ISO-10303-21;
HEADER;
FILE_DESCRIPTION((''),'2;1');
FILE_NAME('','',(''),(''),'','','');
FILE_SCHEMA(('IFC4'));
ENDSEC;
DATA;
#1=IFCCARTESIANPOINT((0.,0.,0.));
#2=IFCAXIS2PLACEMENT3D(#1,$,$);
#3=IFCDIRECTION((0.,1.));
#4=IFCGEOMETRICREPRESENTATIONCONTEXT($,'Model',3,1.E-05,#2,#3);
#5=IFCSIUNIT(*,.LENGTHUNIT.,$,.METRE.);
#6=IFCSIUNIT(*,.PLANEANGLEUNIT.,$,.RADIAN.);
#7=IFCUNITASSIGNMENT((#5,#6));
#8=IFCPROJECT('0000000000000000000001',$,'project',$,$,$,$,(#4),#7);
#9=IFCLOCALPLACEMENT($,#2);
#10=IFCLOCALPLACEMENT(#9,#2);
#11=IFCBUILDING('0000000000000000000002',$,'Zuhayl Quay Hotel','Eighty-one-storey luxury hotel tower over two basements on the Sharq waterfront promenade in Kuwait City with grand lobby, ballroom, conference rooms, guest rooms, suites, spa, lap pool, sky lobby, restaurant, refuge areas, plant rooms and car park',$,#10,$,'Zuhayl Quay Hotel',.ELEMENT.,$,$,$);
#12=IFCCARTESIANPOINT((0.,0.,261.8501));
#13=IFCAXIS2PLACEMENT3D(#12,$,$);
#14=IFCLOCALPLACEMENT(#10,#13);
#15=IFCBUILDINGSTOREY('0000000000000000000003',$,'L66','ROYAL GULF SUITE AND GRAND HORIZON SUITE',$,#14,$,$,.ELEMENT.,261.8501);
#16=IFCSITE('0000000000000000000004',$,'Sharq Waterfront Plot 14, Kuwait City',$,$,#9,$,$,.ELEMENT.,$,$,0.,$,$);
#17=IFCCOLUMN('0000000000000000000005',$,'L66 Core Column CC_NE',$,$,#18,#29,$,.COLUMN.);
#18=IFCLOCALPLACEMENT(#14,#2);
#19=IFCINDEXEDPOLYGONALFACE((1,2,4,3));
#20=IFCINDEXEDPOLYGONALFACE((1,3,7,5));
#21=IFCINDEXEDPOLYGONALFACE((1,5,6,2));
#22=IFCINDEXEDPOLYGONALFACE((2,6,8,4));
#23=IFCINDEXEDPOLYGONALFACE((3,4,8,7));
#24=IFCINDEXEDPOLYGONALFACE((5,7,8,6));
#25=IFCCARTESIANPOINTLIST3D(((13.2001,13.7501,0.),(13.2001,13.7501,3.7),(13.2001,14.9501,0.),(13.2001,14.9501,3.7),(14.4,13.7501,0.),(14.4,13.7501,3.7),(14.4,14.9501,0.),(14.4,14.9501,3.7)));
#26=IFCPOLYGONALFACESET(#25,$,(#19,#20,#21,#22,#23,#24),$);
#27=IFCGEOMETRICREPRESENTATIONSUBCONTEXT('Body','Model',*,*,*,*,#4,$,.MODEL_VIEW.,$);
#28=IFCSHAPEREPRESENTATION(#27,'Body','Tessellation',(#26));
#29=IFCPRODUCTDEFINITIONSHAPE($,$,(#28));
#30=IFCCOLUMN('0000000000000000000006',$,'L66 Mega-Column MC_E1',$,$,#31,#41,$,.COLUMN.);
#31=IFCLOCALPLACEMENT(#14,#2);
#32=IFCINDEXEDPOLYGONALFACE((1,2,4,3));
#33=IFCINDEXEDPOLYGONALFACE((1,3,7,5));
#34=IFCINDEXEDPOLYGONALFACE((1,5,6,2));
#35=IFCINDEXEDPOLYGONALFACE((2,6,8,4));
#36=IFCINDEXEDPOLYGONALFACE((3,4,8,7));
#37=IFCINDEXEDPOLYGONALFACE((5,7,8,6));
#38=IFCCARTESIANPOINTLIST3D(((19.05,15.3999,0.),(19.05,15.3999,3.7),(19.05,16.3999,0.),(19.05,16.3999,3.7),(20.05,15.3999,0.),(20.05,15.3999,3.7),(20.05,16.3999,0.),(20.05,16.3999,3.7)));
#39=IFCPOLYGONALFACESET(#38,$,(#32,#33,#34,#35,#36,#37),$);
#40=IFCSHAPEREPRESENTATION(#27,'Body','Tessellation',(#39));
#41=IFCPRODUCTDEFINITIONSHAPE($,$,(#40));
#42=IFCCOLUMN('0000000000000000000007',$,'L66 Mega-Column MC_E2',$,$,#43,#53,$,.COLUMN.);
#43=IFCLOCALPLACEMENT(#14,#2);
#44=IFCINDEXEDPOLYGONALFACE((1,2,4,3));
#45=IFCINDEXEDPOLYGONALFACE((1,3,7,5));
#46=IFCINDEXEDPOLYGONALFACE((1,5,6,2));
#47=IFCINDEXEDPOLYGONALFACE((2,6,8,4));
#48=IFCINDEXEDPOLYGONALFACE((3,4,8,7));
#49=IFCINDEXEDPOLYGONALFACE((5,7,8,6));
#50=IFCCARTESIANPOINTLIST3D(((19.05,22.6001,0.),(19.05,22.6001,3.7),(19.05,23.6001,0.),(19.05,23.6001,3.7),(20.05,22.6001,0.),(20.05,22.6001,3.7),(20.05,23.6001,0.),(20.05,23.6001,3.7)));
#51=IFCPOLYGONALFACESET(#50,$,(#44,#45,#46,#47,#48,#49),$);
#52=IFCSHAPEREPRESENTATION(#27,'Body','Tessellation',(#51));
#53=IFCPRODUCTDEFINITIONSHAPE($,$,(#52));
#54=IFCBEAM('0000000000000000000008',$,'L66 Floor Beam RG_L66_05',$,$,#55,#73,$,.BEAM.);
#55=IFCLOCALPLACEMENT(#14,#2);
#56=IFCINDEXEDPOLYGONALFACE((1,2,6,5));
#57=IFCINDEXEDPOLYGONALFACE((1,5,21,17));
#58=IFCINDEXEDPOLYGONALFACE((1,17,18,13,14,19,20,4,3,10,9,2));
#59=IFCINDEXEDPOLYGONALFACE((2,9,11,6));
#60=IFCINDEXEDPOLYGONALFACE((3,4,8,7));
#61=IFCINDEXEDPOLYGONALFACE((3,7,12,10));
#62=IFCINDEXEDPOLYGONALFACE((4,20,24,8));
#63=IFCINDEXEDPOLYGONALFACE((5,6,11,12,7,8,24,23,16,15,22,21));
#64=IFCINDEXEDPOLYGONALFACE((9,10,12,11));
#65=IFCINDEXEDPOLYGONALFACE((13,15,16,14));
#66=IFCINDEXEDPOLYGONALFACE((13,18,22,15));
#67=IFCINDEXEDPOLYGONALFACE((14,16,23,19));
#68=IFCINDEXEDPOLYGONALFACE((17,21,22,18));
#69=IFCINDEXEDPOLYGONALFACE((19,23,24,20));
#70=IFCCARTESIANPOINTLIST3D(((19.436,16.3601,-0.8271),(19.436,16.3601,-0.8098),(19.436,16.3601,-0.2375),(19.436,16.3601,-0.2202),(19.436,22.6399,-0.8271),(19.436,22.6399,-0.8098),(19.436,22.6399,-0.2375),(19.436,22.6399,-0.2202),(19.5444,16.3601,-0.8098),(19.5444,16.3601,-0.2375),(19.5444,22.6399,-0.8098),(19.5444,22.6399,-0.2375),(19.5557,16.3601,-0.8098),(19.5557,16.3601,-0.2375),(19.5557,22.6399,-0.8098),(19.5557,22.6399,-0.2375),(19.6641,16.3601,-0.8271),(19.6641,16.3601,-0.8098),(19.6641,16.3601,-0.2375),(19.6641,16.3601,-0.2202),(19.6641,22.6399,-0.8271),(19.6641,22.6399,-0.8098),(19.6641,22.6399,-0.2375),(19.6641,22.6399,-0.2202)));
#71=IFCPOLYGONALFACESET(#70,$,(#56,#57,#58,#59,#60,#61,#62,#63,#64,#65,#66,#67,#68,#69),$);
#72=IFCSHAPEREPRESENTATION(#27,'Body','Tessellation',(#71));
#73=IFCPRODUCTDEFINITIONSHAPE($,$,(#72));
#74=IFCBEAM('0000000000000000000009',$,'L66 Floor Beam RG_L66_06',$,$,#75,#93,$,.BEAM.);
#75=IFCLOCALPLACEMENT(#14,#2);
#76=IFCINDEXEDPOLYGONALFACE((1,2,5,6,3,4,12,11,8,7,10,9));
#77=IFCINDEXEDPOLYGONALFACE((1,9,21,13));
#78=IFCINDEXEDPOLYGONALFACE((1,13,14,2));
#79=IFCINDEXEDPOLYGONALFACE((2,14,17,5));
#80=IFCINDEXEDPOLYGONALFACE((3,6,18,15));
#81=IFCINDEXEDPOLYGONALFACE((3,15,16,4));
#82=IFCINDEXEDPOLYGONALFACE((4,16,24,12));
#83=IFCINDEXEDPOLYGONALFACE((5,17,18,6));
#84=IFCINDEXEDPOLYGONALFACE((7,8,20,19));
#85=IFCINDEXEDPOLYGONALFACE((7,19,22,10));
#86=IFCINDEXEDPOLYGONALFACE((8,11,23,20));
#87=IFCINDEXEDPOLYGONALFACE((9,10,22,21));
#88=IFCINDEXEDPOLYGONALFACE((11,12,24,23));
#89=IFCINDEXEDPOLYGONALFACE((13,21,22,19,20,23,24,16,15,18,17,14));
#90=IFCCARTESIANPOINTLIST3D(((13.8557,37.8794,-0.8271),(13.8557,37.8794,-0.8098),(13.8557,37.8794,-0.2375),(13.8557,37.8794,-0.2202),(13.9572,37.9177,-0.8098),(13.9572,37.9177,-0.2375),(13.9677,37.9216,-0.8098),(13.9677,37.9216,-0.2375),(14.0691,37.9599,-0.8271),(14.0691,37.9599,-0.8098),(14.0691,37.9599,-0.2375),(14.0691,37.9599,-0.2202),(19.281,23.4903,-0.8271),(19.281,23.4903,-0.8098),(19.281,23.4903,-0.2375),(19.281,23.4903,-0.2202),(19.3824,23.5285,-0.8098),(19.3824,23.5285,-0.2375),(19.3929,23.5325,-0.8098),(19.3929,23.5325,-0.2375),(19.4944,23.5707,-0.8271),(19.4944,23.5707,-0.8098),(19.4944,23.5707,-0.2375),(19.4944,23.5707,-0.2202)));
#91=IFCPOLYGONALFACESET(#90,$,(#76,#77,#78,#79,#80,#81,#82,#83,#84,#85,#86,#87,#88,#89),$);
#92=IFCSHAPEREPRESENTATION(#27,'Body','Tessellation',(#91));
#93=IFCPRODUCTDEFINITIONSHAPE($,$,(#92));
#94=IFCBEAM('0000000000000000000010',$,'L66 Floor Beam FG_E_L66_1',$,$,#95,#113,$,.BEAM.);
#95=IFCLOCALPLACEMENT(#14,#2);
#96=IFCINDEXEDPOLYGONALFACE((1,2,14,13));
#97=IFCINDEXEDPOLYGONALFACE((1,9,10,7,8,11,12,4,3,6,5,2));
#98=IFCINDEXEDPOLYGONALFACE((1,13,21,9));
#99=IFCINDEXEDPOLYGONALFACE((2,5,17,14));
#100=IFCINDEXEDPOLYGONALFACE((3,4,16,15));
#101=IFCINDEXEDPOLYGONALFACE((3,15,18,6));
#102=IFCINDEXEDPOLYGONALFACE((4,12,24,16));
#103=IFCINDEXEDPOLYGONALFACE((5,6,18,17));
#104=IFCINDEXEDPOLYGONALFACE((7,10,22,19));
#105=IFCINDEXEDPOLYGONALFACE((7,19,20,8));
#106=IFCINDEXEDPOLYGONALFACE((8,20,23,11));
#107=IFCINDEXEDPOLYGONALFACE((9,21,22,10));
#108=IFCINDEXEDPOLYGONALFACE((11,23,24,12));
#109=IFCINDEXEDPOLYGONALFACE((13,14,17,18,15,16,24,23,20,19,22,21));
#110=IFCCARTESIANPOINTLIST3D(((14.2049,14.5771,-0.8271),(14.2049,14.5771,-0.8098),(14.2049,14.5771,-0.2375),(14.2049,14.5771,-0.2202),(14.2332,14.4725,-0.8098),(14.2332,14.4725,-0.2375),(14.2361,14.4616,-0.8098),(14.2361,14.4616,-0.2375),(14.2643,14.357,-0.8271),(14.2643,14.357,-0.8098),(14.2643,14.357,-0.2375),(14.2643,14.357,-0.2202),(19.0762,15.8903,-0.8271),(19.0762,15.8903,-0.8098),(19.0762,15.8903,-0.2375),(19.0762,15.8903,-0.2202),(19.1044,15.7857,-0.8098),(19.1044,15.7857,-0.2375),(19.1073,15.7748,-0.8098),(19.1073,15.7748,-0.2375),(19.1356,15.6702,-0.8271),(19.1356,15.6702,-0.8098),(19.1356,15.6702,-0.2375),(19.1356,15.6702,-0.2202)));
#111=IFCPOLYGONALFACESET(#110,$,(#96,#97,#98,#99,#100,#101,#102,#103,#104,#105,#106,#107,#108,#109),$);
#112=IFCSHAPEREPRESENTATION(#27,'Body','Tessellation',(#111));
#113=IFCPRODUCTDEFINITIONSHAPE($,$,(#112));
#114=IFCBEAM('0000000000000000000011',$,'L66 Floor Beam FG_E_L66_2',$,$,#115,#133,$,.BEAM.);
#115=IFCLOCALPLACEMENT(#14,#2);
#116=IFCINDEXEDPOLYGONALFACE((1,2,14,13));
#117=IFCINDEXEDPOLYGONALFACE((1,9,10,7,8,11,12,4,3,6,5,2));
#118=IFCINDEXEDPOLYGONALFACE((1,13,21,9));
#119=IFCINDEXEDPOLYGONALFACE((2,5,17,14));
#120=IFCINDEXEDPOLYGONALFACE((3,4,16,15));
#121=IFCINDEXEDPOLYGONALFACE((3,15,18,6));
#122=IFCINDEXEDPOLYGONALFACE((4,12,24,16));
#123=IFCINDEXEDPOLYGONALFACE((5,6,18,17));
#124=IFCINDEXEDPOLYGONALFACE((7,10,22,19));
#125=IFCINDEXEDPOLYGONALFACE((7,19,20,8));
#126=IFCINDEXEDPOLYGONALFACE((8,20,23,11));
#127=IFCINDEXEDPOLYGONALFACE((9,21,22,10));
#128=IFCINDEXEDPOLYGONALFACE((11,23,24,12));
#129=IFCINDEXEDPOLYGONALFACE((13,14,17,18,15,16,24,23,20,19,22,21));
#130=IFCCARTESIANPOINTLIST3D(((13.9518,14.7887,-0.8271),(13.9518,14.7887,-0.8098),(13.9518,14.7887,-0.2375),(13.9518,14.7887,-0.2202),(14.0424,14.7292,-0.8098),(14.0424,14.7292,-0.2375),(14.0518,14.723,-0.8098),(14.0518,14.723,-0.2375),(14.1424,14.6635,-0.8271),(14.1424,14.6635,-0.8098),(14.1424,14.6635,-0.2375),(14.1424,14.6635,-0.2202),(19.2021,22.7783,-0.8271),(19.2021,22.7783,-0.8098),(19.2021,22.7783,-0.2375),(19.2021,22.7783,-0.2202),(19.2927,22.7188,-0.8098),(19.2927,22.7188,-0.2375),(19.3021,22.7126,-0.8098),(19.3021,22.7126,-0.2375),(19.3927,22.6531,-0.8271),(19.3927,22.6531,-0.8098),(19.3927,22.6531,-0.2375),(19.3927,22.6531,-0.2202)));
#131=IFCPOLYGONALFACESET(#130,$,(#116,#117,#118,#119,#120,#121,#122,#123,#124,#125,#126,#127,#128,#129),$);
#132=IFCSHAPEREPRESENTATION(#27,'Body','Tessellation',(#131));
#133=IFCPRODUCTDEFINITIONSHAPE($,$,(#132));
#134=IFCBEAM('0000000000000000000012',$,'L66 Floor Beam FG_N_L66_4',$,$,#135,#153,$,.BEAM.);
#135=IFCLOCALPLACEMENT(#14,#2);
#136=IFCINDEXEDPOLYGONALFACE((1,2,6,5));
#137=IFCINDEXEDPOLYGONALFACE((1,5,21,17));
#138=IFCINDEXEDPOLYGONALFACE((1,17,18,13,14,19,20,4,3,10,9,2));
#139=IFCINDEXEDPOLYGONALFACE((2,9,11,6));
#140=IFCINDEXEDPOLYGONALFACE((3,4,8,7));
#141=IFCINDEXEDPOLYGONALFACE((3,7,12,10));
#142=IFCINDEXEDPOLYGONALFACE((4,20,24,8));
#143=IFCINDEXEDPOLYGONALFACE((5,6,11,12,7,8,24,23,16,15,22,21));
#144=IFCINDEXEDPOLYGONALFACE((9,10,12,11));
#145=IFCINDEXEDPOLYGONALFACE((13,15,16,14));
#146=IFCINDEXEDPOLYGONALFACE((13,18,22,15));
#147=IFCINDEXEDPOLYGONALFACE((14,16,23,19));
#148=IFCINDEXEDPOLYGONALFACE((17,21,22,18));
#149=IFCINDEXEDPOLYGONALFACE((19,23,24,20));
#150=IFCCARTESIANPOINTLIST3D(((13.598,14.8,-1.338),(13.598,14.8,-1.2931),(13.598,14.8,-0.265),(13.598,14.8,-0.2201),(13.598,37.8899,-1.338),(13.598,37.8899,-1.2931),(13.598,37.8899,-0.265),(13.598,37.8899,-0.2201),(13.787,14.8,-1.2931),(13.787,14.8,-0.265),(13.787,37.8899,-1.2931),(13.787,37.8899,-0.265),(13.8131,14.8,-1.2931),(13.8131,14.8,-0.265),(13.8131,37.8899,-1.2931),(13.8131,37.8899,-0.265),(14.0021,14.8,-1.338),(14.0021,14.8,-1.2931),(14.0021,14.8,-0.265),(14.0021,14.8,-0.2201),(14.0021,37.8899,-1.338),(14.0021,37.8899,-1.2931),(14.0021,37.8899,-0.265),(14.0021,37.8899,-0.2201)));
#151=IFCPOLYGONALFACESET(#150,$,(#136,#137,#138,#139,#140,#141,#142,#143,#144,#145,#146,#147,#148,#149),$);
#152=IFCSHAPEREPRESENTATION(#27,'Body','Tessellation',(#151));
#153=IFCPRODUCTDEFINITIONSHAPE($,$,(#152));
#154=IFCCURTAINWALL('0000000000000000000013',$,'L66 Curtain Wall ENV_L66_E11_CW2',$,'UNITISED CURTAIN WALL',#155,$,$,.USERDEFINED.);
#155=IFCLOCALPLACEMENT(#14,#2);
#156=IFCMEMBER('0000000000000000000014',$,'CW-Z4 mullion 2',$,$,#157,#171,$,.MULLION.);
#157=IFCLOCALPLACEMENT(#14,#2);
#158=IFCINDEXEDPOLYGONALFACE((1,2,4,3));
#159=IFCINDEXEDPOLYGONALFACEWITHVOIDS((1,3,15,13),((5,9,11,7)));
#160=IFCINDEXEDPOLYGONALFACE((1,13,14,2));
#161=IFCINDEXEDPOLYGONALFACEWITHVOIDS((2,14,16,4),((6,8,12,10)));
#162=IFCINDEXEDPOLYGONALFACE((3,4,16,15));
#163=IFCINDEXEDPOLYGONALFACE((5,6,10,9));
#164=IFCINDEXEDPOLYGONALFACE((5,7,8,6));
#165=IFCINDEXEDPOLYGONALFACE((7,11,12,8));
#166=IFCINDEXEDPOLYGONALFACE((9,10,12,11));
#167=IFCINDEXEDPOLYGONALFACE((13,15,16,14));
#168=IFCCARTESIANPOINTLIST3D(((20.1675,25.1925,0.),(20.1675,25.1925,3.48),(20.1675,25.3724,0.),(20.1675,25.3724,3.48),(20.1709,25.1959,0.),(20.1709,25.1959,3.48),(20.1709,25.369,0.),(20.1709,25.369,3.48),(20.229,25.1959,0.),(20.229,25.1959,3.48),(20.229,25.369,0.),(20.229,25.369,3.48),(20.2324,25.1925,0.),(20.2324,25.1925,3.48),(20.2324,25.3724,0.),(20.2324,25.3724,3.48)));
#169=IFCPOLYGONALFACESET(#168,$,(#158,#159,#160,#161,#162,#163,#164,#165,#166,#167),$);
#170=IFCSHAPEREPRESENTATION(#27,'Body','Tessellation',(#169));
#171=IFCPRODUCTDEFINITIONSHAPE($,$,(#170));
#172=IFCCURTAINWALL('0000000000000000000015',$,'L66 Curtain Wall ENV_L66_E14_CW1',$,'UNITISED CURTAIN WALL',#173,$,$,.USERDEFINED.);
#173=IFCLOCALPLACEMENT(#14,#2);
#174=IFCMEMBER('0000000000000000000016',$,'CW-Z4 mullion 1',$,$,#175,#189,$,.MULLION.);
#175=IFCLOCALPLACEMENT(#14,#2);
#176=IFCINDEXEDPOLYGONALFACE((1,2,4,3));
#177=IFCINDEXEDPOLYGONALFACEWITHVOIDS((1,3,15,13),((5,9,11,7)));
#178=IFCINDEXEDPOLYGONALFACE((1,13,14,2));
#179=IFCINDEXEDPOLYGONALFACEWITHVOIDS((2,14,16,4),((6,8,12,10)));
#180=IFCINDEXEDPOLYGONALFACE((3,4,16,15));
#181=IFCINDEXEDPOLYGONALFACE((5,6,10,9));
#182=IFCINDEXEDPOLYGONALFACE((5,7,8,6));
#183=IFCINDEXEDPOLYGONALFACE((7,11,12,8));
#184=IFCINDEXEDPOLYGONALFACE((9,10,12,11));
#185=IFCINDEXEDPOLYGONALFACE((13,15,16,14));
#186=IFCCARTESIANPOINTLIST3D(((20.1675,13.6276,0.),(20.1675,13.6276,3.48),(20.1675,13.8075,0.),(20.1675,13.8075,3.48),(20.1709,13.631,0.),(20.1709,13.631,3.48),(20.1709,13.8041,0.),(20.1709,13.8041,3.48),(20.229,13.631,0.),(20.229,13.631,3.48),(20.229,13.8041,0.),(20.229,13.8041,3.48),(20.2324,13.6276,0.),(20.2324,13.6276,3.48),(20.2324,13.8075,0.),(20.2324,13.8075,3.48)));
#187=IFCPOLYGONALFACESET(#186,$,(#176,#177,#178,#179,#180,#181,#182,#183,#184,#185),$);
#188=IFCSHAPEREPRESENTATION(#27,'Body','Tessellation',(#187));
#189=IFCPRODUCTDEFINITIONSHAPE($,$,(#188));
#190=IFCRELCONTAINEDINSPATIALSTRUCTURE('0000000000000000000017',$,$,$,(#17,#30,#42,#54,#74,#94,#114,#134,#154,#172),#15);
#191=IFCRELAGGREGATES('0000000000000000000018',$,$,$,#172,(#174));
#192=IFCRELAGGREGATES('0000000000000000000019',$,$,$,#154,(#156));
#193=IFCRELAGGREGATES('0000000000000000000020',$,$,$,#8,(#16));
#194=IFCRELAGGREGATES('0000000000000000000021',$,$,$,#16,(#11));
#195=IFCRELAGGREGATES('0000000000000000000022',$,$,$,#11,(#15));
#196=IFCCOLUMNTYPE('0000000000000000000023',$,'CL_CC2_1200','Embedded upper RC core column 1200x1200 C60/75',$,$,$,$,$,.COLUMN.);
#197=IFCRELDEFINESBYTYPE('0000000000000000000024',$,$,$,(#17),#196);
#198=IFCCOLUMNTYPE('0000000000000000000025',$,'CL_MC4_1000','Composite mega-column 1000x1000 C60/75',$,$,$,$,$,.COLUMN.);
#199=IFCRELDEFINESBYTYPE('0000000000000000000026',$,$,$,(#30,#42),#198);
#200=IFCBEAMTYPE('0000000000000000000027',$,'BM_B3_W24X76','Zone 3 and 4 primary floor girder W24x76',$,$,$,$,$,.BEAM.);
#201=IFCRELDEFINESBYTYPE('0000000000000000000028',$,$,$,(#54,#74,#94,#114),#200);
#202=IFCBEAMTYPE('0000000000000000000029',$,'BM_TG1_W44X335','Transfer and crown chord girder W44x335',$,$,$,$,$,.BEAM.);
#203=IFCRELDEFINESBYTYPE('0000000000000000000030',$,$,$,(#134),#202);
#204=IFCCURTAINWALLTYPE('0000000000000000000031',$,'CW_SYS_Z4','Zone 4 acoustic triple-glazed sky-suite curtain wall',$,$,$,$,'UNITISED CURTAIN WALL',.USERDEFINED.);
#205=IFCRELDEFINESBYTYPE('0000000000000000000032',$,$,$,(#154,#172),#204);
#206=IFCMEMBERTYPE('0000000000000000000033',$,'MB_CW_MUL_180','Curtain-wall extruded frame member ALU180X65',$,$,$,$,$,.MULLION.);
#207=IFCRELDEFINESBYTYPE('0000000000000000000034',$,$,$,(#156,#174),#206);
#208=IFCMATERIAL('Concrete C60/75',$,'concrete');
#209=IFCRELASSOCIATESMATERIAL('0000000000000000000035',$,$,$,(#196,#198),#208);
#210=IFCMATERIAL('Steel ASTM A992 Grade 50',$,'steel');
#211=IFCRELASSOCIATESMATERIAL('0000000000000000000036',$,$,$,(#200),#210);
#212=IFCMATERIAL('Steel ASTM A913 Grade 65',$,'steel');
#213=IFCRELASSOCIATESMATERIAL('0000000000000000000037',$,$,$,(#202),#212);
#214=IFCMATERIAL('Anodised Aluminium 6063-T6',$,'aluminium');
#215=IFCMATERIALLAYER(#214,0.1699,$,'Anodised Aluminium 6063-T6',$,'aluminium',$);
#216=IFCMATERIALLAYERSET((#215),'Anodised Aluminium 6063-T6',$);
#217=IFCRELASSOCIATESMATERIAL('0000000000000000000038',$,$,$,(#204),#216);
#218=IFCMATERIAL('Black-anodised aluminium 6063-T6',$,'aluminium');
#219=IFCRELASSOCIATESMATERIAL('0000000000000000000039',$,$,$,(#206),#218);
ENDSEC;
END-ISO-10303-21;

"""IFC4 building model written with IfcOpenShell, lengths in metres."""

from ifc_helpers import new_model, si_unit, direction, frame, origin, origin_2d, place, context, subcontext, project, spatial, rectangle, hollow_rectangle, i_section, extrude, material, layer, layer_set, material_profile, profile_set, type_object, element, aggregate, save


model = new_model("IFC4")

# Units and contexts
model_context = context("Model", 3, precision=1e-05, world=origin(), true_north=direction((0.0, 1.0)))
body_context = subcontext(model_context, "Body", "Model", "MODEL_VIEW")
ifc_project = project(units=[si_unit("LENGTHUNIT", "METRE"), si_unit("PLANEANGLEUNIT", "RADIAN")], contexts=[model_context])

# Site, building, storey
site_placement = place(None, origin())
site = spatial("IfcSite", under=ifc_project, at=site_placement, Name="Sharq Waterfront Plot 14, Kuwait City", CompositionType="ELEMENT", RefElevation=0.0)
building_placement = place(site_placement, origin())
building = spatial("IfcBuilding", under=site, at=building_placement, Name="Zuhayl Quay Hotel", Description="Eighty-one-storey luxury hotel tower over two basements on the Sharq waterfront promenade in Kuwait City with grand lobby, ballroom, conference rooms, guest rooms, suites, spa, lap pool, sky lobby, restaurant, refuge areas, plant rooms and car park", LongName="Zuhayl Quay Hotel", CompositionType="ELEMENT")
storey_placement = place(building_placement, frame((0.0, 0.0, 261.8501)))
storey = spatial("IfcBuildingStorey", under=building, at=storey_placement, Name="L66", Description="ROYAL GULF SUITE AND GRAND HORIZON SUITE", CompositionType="ELEMENT", Elevation=261.8501)

# Columns
ifc_material_1 = material(Name="Concrete C60/75", Category="concrete")
ifc_material_profile_1 = material_profile(ifc_material_1, rectangle(XDim=1.2, YDim=1.2, at=origin_2d()), Name="RC1200X1200")
ifc_profile_set_1 = profile_set([ifc_material_profile_1], Name="Concrete C60/75")
column_type_1 = type_object("IfcColumnType", Name="CL_CC2_1200", Description="Embedded upper RC core column 1200x1200 C60/75", PredefinedType="COLUMN", material=ifc_profile_set_1)
column_placement = place(storey_placement, frame((13.8, 14.3501, 0.0), z_axis=(0.0, 0.0, 1.0), x_axis=(1.0, 0.0, 0.0)))
element("IfcColumn", 1, at=column_placement, inside=storey, type_object=column_type_1, Name="L66 Core Column CC_NE", PredefinedType="COLUMN", context=body_context, shape_type="SweptSolid", body=[
    extrude(rectangle(XDim=1.2, YDim=1.2, at=origin_2d()), origin(), (0.0, 0.0, 1.0), 3.7),
])
ifc_material_profile_2 = material_profile(ifc_material_1, rectangle(XDim=1.0, YDim=1.0, at=origin_2d()), Name="RC1000X1000")
ifc_profile_set_2 = profile_set([ifc_material_profile_2], Name="Concrete C60/75")
column_type_2 = type_object("IfcColumnType", Name="CL_MC4_1000", Description="Composite mega-column 1000x1000 C60/75", PredefinedType="COLUMN", material=ifc_profile_set_2)
for number, where, z_axis, x_axis, name in (
    (2, (19.55, 15.8999, 0.0), (0.0, 0.0, 1.0), (1.0, 0.0, 0.0), "L66 Mega-Column MC_E1"),
    (3, (19.55, 23.1001, 0.0), (0.0, 0.0, 1.0), (1.0, 0.0, 0.0), "L66 Mega-Column MC_E2"),
):
    element("IfcColumn", number, at=place(storey_placement, frame(where, z_axis=z_axis, x_axis=x_axis)), inside=storey, type_object=column_type_2, Name=name, PredefinedType="COLUMN", context=body_context, shape_type="SweptSolid", body=[
        extrude(rectangle(XDim=1.0, YDim=1.0, at=origin_2d()), origin(), (0.0, 0.0, 1.0), 3.7),
    ])

# Beams
ifc_material_2 = material(Name="Steel ASTM A992 Grade 50", Category="steel")
ifc_material_profile_3 = material_profile(ifc_material_2, i_section(OverallWidth=0.228, OverallDepth=0.6069, WebThickness=0.0112, FlangeThickness=0.0173, at=origin_2d()), Name="W24X76")
ifc_profile_set_3 = profile_set([ifc_material_profile_3], Name="Steel ASTM A992 Grade 50")
beam_type_1 = type_object("IfcBeamType", Name="BM_B3_W24X76", Description="Zone 3 and 4 primary floor girder W24x76", PredefinedType="BEAM", material=ifc_profile_set_3)
beam_1_placement = place(storey_placement, frame((19.55, 16.3601, -0.5237), z_axis=(0.0, 1.0, 0.0), x_axis=(-1.0, 0.0, 0.0)))
element("IfcBeam", 4, at=beam_1_placement, inside=storey, type_object=beam_type_1, Name="L66 Floor Beam RG_L66_05", PredefinedType="BEAM", context=body_context, shape_type="SweptSolid", body=[
    extrude(i_section(OverallWidth=0.228, OverallDepth=0.6069, WebThickness=0.0112, FlangeThickness=0.0173, at=origin_2d()), origin(), (0.0, 0.0, 1.0), 6.2798),
])
beam_2_placement = place(storey_placement, frame((19.3877, 23.5305, -0.5237), z_axis=(-0.352797, 0.9357, 0.0), x_axis=(-0.9357, -0.352797, 0.0)))
element("IfcBeam", 5, at=beam_2_placement, inside=storey, type_object=beam_type_1, Name="L66 Floor Beam RG_L66_06", PredefinedType="BEAM", context=body_context, shape_type="SweptSolid", body=[
    extrude(i_section(OverallWidth=0.228, OverallDepth=0.6069, WebThickness=0.0112, FlangeThickness=0.0173, at=origin_2d()), origin(), (0.0, 0.0, 1.0), 15.3779),
])
beam_3_placement = place(storey_placement, frame((14.2346, 14.467, -0.5237), z_axis=(0.96553, 0.260291, 0.0), x_axis=(-0.260291, 0.96553, 0.0)))
element("IfcBeam", 6, at=beam_3_placement, inside=storey, type_object=beam_type_1, Name="L66 Floor Beam FG_E_L66_1", PredefinedType="BEAM", context=body_context, shape_type="SweptSolid", body=[
    extrude(i_section(OverallWidth=0.228, OverallDepth=0.6069, WebThickness=0.0112, FlangeThickness=0.0173, at=origin_2d()), origin(), (0.0, 0.0, 1.0), 5.0452),
])
beam_4_placement = place(storey_placement, frame((14.0471, 14.7261, -0.5237), z_axis=(0.549178, 0.835705, 0.0), x_axis=(-0.835705, 0.549178, 0.0)))
element("IfcBeam", 7, at=beam_4_placement, inside=storey, type_object=beam_type_1, Name="L66 Floor Beam FG_E_L66_2", PredefinedType="BEAM", context=body_context, shape_type="SweptSolid", body=[
    extrude(i_section(OverallWidth=0.228, OverallDepth=0.6069, WebThickness=0.0112, FlangeThickness=0.0173, at=origin_2d()), origin(), (0.0, 0.0, 1.0), 9.5603),
])
ifc_material_3 = material(Name="Steel ASTM A913 Grade 65", Category="steel")
ifc_material_profile_4 = material_profile(ifc_material_3, i_section(OverallWidth=0.4041, OverallDepth=1.1179, WebThickness=0.0261, FlangeThickness=0.0449, at=origin_2d()), Name="W44X335")
ifc_profile_set_4 = profile_set([ifc_material_profile_4], Name="Steel ASTM A913 Grade 65")
beam_type_2 = type_object("IfcBeamType", Name="BM_TG1_W44X335", Description="Transfer and crown chord girder W44x335", PredefinedType="BEAM", material=ifc_profile_set_4)
beam_5_placement = place(storey_placement, frame((13.8, 14.8, -0.7791), z_axis=(0.0, 1.0, 0.0), x_axis=(-1.0, 0.0, 0.0)))
element("IfcBeam", 8, at=beam_5_placement, inside=storey, type_object=beam_type_2, Name="L66 Floor Beam FG_N_L66_4", PredefinedType="BEAM", context=body_context, shape_type="SweptSolid", body=[
    extrude(i_section(OverallWidth=0.4041, OverallDepth=1.1179, WebThickness=0.0261, FlangeThickness=0.0449, at=origin_2d()), origin(), (0.0, 0.0, 1.0), 23.0898),
])

# Curtain wall, member
ifc_material_4 = material(Name="Anodised Aluminium 6063-T6", Category="aluminium")
ifc_layer_1 = layer(ifc_material_4, 0.1699, Name="Anodised Aluminium 6063-T6", Category="aluminium")
ifc_layer_set_1 = layer_set([ifc_layer_1], Name="Anodised Aluminium 6063-T6")
curtain_wall_type = type_object("IfcCurtainWallType", Name="CW_SYS_Z4", Description="Zone 4 acoustic triple-glazed sky-suite curtain wall", ElementType="UNITISED CURTAIN WALL", PredefinedType="USERDEFINED", material=ifc_layer_set_1)
curtain_wall_1_placement = place(storey_placement, origin())
curtain_wall_1 = element("IfcCurtainWall", 9, at=curtain_wall_1_placement, inside=storey, type_object=curtain_wall_type, Name="L66 Curtain Wall ENV_L66_E11_CW2", ObjectType="UNITISED CURTAIN WALL", PredefinedType="USERDEFINED")
ifc_material_5 = material(Name="Black-anodised aluminium 6063-T6", Category="aluminium")
ifc_material_profile_5 = material_profile(ifc_material_5, hollow_rectangle(XDim=0.0649, YDim=0.1799, WallThickness=0.0034, at=origin_2d()), Name="ALU180X65")
ifc_profile_set_5 = profile_set([ifc_material_profile_5], Name="Black-anodised aluminium 6063-T6")
member_type_1 = type_object("IfcMemberType", Name="MB_CW_MUL_180", Description="Curtain-wall extruded frame member ALU180X65", PredefinedType="MULLION", material=ifc_profile_set_5)
member_1_placement = place(storey_placement, frame((20.2, 25.2825, 0.0), z_axis=(0.0, 0.0, 1.0), x_axis=(1.0, 0.0, 0.0)))
member_1 = element("IfcMember", 10, at=member_1_placement, type_object=member_type_1, Name="CW-Z4 mullion 2", PredefinedType="MULLION", context=body_context, shape_type="SweptSolid", body=[
    extrude(hollow_rectangle(XDim=0.0649, YDim=0.1799, WallThickness=0.0034, at=origin_2d()), origin(), (0.0, 0.0, 1.0), 3.48),
])

# Curtain wall, member
curtain_wall_2_placement = place(storey_placement, origin())
curtain_wall_2 = element("IfcCurtainWall", 11, at=curtain_wall_2_placement, inside=storey, type_object=curtain_wall_type, Name="L66 Curtain Wall ENV_L66_E14_CW1", ObjectType="UNITISED CURTAIN WALL", PredefinedType="USERDEFINED")
member_2_placement = place(storey_placement, frame((20.2, 13.7175, 0.0), z_axis=(0.0, 0.0, 1.0), x_axis=(1.0, 0.0, 0.0)))
member_2 = element("IfcMember", 12, at=member_2_placement, type_object=member_type_1, Name="CW-Z4 mullion 1", PredefinedType="MULLION", context=body_context, shape_type="SweptSolid", body=[
    extrude(hollow_rectangle(XDim=0.0649, YDim=0.1799, WallThickness=0.0034, at=origin_2d()), origin(), (0.0, 0.0, 1.0), 3.48),
])
aggregate(curtain_wall_2, [member_2])

aggregate(curtain_wall_1, [member_1])

save(model, "model.ifc")
